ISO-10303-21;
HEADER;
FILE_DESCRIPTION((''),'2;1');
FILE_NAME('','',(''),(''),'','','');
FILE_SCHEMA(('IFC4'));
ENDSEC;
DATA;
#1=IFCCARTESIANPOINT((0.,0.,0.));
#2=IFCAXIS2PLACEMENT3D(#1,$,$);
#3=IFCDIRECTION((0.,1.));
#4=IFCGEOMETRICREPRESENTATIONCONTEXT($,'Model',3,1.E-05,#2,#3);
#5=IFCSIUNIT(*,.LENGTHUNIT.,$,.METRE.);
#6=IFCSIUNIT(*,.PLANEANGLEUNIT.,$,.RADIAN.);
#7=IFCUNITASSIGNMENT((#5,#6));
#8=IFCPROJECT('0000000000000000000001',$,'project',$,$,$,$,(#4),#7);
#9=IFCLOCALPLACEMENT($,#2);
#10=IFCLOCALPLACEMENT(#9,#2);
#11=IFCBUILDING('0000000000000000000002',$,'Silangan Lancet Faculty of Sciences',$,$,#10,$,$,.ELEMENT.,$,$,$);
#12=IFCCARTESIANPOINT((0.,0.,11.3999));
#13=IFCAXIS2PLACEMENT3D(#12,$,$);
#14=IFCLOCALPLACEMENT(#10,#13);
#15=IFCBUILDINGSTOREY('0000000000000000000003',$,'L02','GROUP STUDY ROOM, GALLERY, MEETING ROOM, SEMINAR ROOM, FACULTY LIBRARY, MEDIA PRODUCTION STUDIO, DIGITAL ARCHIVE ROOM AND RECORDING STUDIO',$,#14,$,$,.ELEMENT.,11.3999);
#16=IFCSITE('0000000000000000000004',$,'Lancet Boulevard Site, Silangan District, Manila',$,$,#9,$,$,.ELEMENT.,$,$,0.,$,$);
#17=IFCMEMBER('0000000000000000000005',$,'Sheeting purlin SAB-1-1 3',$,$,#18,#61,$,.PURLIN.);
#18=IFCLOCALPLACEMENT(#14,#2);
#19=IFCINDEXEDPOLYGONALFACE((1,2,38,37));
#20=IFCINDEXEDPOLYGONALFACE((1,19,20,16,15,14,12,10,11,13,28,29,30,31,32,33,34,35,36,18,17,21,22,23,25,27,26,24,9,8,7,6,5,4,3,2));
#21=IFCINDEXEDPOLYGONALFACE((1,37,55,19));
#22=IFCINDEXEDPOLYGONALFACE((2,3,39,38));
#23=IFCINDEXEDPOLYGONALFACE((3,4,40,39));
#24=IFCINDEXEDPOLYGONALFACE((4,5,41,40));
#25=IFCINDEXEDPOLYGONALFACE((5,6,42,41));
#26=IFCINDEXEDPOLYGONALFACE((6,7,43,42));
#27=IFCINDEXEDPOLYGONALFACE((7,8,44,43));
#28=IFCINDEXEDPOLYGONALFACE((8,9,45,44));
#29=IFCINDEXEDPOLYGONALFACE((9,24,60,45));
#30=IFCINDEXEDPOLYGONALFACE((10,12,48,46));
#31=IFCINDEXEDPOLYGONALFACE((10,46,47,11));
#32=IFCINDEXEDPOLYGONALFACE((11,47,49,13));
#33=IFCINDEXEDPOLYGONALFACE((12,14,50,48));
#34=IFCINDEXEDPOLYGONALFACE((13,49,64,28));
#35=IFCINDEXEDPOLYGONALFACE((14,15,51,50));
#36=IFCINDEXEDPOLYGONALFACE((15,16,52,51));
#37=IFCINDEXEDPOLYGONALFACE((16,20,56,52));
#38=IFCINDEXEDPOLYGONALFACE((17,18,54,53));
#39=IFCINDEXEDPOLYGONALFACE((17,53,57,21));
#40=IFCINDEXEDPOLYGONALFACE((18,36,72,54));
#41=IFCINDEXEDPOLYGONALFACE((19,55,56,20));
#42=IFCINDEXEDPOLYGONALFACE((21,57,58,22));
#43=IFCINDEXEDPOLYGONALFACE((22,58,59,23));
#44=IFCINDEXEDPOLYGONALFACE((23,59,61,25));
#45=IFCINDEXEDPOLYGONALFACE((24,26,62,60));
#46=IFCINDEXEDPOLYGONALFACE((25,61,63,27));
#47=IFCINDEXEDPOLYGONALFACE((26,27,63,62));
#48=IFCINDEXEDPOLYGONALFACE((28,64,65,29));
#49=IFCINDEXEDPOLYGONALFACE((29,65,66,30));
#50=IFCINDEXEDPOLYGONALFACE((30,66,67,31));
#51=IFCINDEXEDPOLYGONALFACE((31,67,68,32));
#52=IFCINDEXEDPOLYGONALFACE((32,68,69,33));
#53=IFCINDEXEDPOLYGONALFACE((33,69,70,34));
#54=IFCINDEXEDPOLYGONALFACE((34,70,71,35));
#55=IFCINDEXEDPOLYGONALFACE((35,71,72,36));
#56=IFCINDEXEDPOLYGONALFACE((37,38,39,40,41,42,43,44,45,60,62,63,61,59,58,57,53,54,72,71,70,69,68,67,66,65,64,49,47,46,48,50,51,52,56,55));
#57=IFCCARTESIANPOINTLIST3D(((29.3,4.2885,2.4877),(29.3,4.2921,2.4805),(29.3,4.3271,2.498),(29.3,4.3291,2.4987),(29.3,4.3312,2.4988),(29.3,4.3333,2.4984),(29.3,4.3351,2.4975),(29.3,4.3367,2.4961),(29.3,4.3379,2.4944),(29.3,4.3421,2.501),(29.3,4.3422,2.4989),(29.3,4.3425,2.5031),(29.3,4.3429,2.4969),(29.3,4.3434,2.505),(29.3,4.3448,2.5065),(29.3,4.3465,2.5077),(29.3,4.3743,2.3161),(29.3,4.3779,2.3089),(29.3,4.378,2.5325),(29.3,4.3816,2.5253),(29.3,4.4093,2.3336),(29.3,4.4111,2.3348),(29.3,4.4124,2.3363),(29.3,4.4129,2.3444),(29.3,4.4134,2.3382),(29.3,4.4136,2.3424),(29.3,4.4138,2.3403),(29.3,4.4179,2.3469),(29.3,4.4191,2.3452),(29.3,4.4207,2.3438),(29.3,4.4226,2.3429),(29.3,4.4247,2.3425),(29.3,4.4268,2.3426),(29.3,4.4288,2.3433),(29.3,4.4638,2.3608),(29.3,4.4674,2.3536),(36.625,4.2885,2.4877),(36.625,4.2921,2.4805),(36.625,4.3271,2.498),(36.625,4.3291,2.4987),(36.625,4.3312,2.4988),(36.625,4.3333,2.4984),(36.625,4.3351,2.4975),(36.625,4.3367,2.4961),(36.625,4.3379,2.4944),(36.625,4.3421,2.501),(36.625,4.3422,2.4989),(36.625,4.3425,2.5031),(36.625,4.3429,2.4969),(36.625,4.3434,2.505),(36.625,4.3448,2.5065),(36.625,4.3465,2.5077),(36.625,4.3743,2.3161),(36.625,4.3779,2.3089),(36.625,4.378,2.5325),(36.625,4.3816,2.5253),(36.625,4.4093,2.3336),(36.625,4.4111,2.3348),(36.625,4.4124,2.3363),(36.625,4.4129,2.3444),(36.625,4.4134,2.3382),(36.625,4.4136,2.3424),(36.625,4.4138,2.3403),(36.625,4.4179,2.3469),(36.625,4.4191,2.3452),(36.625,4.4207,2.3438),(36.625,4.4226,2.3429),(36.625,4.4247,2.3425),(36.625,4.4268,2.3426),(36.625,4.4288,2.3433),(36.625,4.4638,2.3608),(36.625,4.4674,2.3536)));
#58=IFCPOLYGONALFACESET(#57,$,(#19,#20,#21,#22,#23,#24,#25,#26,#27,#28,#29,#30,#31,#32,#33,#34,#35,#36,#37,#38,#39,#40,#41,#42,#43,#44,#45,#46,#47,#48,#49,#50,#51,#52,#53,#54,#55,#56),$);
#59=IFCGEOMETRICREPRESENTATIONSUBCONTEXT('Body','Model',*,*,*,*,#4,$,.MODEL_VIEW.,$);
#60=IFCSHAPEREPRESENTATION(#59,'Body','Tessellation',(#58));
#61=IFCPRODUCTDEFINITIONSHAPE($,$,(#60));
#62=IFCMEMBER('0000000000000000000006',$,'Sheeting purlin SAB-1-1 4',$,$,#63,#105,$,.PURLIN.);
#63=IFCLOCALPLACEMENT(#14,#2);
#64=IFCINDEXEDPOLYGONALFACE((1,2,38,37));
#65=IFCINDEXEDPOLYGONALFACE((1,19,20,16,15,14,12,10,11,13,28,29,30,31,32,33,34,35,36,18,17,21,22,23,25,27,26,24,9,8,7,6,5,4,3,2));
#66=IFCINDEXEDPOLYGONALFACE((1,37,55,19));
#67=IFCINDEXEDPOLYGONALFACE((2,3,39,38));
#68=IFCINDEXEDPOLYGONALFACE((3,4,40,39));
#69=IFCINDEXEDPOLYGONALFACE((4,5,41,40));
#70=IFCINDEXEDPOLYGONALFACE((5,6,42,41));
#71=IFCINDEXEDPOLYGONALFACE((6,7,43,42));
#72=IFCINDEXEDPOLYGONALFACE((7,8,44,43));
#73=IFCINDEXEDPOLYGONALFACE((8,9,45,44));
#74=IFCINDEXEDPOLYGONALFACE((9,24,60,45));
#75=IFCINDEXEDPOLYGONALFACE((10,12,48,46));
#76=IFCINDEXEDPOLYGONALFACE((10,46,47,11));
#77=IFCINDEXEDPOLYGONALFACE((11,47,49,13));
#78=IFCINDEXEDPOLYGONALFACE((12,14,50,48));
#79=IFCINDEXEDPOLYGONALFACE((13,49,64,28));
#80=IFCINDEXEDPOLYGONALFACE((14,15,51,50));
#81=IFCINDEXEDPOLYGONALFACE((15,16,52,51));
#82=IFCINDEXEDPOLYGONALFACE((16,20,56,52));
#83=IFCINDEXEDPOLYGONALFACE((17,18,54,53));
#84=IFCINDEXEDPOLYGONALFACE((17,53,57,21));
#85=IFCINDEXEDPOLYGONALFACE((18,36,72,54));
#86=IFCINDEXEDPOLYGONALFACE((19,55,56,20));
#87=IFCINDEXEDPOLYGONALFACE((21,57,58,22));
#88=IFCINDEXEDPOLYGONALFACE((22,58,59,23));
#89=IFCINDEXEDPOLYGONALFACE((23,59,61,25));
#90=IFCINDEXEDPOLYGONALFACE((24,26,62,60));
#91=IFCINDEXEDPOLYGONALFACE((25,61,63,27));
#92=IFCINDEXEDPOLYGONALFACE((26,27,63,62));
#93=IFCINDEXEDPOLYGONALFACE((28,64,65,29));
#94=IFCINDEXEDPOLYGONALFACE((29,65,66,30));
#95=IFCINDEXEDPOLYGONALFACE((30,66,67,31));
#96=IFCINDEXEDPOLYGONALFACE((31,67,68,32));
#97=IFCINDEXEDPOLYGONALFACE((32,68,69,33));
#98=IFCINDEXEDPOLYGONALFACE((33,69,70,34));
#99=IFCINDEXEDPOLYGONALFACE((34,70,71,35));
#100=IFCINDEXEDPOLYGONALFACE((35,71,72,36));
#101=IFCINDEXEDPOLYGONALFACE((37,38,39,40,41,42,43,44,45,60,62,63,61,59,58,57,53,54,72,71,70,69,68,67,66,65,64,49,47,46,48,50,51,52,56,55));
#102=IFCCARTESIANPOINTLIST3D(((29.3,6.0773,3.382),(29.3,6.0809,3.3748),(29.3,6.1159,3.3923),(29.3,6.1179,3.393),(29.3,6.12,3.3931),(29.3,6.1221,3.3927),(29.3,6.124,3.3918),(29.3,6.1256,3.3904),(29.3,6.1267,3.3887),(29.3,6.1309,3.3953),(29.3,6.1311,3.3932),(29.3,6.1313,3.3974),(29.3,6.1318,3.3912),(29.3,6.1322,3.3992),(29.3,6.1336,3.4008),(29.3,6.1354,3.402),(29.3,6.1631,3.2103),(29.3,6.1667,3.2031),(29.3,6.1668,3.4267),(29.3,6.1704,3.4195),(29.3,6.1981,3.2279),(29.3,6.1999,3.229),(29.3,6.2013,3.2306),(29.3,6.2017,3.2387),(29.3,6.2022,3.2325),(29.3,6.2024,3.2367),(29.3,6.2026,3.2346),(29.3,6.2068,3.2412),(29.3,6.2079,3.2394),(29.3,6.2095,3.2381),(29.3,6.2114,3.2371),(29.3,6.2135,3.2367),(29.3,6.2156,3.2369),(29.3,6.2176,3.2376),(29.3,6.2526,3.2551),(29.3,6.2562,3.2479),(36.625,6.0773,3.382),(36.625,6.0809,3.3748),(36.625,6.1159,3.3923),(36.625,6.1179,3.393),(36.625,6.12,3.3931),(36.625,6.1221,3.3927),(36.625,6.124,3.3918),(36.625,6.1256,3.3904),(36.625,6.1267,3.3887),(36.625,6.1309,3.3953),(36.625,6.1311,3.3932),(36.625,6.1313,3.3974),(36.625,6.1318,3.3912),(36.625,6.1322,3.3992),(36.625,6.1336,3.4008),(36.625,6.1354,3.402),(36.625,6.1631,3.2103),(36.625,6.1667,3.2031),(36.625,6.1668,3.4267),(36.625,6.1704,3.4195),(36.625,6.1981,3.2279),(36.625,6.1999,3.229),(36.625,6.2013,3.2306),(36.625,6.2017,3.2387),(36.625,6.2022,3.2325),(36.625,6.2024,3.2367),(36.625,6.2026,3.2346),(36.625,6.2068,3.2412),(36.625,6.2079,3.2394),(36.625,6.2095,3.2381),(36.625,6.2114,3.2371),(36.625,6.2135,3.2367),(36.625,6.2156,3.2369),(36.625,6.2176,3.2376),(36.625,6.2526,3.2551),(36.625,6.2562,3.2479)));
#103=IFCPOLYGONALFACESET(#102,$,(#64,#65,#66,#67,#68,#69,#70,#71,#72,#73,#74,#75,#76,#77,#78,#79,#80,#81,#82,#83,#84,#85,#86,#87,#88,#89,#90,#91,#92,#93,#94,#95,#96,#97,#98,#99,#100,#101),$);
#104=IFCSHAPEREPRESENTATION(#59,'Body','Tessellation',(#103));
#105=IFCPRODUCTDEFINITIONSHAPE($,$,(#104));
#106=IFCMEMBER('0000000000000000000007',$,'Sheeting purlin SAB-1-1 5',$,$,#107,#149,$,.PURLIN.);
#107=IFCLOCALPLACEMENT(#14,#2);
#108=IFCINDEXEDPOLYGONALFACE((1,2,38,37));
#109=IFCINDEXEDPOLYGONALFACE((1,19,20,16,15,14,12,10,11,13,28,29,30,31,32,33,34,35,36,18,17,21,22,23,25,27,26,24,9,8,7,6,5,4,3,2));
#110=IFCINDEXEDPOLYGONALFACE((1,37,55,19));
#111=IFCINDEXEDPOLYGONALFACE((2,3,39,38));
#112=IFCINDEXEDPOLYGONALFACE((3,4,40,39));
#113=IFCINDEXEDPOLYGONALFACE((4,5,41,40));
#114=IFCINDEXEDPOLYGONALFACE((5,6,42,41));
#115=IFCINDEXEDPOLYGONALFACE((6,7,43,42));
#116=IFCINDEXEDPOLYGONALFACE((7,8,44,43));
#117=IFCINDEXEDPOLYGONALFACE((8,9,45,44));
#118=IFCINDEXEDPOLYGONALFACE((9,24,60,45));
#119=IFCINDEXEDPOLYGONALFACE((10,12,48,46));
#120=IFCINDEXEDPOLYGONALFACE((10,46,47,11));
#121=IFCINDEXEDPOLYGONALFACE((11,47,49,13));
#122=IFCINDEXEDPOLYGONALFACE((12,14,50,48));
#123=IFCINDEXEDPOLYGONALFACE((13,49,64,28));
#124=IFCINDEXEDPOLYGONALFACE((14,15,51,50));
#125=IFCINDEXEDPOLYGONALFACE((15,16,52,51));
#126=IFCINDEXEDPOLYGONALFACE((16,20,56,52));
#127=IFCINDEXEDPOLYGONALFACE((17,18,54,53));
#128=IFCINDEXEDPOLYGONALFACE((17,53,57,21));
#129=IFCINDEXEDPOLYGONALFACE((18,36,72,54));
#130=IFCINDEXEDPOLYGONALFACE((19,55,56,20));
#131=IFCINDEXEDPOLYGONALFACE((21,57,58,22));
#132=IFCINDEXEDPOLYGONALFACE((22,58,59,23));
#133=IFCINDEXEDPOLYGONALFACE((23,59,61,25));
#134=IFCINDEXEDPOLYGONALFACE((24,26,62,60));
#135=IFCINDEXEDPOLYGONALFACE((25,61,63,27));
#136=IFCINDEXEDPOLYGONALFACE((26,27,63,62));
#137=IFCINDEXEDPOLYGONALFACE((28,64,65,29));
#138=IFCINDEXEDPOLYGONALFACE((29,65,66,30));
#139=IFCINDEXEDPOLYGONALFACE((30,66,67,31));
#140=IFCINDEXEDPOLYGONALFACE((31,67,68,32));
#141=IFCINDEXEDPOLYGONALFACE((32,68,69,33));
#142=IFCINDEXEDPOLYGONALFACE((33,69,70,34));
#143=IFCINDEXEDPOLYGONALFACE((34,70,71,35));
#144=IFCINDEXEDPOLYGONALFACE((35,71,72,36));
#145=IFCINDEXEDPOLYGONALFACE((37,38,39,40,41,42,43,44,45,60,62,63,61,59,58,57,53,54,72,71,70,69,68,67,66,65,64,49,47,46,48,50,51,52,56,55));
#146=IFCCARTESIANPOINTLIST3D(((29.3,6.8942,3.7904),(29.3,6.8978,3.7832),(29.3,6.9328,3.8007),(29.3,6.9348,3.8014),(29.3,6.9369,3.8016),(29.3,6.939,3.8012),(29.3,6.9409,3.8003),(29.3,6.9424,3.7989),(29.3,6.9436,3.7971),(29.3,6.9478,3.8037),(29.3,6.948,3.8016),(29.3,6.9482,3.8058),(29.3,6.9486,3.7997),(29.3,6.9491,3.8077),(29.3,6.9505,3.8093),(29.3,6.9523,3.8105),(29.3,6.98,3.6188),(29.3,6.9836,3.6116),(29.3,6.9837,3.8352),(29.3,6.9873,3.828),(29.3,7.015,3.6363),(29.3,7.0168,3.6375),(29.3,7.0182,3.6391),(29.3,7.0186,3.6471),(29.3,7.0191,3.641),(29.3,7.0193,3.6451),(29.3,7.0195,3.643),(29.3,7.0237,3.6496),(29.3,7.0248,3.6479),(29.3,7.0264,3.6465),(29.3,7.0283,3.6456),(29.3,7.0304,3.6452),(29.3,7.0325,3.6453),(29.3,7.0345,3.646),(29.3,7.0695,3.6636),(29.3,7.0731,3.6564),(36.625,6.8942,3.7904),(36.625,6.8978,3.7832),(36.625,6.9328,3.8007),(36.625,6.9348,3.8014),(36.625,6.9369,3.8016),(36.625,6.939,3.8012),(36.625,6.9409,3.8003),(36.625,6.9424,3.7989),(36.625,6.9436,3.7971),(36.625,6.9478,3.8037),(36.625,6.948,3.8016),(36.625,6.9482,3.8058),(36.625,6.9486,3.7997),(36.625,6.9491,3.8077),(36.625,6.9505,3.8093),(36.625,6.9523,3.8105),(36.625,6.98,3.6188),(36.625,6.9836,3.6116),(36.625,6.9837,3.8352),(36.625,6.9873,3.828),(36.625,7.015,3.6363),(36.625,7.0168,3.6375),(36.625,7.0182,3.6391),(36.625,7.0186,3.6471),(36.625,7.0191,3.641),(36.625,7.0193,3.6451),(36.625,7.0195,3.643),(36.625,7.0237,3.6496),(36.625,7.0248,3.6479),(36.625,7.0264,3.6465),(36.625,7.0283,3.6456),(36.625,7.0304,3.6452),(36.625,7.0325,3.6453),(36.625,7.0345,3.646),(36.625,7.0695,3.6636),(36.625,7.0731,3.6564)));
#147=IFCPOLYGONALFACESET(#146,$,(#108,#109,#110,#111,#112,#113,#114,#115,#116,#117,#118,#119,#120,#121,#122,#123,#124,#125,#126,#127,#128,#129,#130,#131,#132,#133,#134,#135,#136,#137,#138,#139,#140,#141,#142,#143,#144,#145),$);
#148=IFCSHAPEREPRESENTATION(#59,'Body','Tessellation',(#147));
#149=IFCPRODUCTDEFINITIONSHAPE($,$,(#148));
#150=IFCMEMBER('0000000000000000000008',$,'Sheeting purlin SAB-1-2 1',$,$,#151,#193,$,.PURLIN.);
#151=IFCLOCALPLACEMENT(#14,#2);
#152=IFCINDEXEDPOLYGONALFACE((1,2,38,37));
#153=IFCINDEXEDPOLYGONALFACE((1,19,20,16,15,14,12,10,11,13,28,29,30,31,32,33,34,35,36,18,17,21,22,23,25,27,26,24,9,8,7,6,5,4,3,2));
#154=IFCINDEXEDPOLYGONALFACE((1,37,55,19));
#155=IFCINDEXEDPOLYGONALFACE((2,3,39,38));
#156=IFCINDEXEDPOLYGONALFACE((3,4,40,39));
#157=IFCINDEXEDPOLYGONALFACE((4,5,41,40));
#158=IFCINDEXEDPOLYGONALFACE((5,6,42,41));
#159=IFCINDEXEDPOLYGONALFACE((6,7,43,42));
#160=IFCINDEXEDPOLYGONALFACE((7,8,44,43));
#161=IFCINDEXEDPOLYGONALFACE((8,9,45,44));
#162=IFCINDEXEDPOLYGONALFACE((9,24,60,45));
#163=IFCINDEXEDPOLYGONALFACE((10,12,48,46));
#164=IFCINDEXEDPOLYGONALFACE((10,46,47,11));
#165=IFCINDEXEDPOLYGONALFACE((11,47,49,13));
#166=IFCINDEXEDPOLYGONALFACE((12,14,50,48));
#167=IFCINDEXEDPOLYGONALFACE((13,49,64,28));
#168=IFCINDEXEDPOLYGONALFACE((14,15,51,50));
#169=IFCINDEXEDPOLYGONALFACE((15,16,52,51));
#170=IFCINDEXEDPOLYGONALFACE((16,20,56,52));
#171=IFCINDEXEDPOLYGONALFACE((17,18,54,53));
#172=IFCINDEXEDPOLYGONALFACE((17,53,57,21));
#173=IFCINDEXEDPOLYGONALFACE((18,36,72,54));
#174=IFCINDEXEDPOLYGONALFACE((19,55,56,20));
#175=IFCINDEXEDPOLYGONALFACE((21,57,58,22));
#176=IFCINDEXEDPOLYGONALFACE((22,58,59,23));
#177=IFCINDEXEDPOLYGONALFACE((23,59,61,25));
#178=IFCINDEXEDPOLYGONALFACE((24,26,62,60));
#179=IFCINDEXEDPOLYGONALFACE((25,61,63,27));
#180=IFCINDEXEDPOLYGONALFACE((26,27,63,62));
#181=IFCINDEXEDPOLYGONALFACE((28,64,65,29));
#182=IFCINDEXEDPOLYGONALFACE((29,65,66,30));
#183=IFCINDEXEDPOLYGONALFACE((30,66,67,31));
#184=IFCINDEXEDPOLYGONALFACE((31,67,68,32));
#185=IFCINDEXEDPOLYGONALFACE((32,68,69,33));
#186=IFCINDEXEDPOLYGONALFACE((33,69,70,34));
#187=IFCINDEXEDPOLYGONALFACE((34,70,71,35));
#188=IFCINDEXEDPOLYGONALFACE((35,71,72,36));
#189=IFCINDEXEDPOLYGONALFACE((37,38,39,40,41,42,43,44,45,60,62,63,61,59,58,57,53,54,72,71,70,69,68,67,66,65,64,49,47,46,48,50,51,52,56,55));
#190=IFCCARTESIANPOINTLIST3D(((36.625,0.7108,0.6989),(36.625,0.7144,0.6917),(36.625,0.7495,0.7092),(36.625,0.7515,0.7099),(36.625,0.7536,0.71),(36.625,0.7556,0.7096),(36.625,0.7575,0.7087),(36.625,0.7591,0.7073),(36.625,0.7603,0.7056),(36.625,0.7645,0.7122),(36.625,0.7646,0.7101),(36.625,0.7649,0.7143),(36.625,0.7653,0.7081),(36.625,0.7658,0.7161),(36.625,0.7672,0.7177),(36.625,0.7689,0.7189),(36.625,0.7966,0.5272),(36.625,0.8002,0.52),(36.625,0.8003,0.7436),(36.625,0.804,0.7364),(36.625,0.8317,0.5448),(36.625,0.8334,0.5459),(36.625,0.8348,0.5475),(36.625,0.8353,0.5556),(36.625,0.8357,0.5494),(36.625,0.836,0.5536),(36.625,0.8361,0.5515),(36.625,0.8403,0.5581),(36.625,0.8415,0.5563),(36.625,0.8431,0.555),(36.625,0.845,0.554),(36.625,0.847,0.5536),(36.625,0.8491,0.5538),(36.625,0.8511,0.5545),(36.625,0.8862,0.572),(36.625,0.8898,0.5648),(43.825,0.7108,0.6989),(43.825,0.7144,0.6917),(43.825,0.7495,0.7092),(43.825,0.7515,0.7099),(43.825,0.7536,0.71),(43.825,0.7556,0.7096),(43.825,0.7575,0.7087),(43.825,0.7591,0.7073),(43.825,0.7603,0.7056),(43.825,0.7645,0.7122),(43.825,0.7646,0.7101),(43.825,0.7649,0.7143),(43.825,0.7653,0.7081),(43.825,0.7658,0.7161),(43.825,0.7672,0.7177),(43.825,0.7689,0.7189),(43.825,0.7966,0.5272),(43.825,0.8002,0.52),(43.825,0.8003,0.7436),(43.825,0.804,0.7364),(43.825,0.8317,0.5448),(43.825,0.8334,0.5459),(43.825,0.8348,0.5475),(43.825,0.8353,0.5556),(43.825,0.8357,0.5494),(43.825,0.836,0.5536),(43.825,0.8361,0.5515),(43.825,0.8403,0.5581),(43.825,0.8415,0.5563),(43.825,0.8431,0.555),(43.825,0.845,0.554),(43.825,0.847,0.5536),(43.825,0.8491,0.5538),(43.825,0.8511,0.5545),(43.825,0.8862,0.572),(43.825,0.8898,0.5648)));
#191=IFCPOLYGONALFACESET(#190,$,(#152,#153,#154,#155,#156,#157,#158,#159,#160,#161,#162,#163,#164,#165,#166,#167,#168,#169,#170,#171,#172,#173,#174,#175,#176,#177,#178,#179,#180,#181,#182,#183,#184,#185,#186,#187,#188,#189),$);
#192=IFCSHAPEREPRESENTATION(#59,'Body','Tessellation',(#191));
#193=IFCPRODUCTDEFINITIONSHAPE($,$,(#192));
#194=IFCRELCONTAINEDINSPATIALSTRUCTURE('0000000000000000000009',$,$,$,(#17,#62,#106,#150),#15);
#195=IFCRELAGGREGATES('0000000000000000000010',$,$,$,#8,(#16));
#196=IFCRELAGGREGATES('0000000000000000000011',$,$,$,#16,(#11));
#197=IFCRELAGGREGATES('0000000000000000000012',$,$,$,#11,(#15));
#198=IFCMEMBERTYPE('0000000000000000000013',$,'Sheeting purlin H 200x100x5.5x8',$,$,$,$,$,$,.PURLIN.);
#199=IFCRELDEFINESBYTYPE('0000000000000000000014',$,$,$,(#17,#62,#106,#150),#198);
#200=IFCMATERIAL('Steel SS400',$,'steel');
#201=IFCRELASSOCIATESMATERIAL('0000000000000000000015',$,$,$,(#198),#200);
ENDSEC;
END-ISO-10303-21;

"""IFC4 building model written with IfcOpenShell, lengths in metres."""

from ifc_helpers import new_model, si_unit, direction, frame, origin, origin_2d, place, context, subcontext, project, spatial, i_section, extrude, material, material_profile, profile_set, type_object, element, save


model = new_model("IFC4")

# Units and contexts
model_context = context("Model", 3, precision=1e-05, world=origin(), true_north=direction((0.0, 1.0)))
body_context = subcontext(model_context, "Body", "Model", "MODEL_VIEW")
ifc_project = project(units=[si_unit("LENGTHUNIT", "METRE"), si_unit("PLANEANGLEUNIT", "RADIAN")], contexts=[model_context])

# Site, building, storey
site_placement = place(None, origin())
site = spatial("IfcSite", under=ifc_project, at=site_placement, Name="Lancet Boulevard Site, Silangan District, Manila", CompositionType="ELEMENT", RefElevation=0.0)
building_placement = place(site_placement, origin())
building = spatial("IfcBuilding", under=site, at=building_placement, Name="Silangan Lancet Faculty of Sciences", CompositionType="ELEMENT")
storey_placement = place(building_placement, frame((0.0, 0.0, 11.3999)))
storey = spatial("IfcBuildingStorey", under=building, at=storey_placement, Name="L02", Description="GROUP STUDY ROOM, GALLERY, MEETING ROOM, SEMINAR ROOM, FACULTY LIBRARY, MEDIA PRODUCTION STUDIO, DIGITAL ARCHIVE ROOM AND RECORDING STUDIO", CompositionType="ELEMENT", Elevation=11.3999)

# Members
ifc_material_1 = material(Name="Steel SS400", Category="steel")
ifc_material_profile_1 = material_profile(ifc_material_1, i_section(OverallWidth=0.1001, OverallDepth=0.2, WebThickness=0.0056, FlangeThickness=0.0081, FilletRadius=0.0081, at=origin_2d()), Name="H 200x100x5.5x8")
ifc_profile_set_1 = profile_set([ifc_material_profile_1], Name="Steel SS400")
member_type_1 = type_object("IfcMemberType", Name="Sheeting purlin H 200x100x5.5x8", PredefinedType="PURLIN", material=ifc_profile_set_1)
for number, where, z_axis, x_axis, name in (
    (1, (29.3, 4.3779, 2.4207), (1.0, 0.0, 0.0), (0.0, 0.894427, 0.447214), "Sheeting purlin SAB-1-1 3"),
    (2, (29.3, 6.1667, 3.3149), (1.0, 0.0, 0.0), (0.0, 0.894427, 0.447214), "Sheeting purlin SAB-1-1 4"),
    (3, (29.3, 6.9836, 3.7234), (1.0, 0.0, 0.0), (0.0, 0.894427, 0.447214), "Sheeting purlin SAB-1-1 5"),
):
    element("IfcMember", number, at=place(storey_placement, frame(where, z_axis=z_axis, x_axis=x_axis)), inside=storey, type_object=member_type_1, Name=name, PredefinedType="PURLIN", context=body_context, shape_type="SweptSolid", body=[
        extrude(i_section(OverallWidth=0.1001, OverallDepth=0.2, WebThickness=0.0056, FlangeThickness=0.0081, FilletRadius=0.0081, at=origin_2d()), origin(), (0.0, 0.0, 1.0), 7.325),
    ])
for number, where, z_axis, x_axis, name in (
    (4, (36.625, 0.8003, 0.6318), (1.0, 0.0, 0.0), (0.0, 0.894427, 0.447214), "Sheeting purlin SAB-1-2 1"),
):
    element("IfcMember", number, at=place(storey_placement, frame(where, z_axis=z_axis, x_axis=x_axis)), inside=storey, type_object=member_type_1, Name=name, PredefinedType="PURLIN", context=body_context, shape_type="SweptSolid", body=[
        extrude(i_section(OverallWidth=0.1001, OverallDepth=0.2, WebThickness=0.0056, FlangeThickness=0.0081, FilletRadius=0.0081, at=origin_2d()), origin(), (0.0, 0.0, 1.0), 7.2),
    ])

save(model, "model.ifc")
